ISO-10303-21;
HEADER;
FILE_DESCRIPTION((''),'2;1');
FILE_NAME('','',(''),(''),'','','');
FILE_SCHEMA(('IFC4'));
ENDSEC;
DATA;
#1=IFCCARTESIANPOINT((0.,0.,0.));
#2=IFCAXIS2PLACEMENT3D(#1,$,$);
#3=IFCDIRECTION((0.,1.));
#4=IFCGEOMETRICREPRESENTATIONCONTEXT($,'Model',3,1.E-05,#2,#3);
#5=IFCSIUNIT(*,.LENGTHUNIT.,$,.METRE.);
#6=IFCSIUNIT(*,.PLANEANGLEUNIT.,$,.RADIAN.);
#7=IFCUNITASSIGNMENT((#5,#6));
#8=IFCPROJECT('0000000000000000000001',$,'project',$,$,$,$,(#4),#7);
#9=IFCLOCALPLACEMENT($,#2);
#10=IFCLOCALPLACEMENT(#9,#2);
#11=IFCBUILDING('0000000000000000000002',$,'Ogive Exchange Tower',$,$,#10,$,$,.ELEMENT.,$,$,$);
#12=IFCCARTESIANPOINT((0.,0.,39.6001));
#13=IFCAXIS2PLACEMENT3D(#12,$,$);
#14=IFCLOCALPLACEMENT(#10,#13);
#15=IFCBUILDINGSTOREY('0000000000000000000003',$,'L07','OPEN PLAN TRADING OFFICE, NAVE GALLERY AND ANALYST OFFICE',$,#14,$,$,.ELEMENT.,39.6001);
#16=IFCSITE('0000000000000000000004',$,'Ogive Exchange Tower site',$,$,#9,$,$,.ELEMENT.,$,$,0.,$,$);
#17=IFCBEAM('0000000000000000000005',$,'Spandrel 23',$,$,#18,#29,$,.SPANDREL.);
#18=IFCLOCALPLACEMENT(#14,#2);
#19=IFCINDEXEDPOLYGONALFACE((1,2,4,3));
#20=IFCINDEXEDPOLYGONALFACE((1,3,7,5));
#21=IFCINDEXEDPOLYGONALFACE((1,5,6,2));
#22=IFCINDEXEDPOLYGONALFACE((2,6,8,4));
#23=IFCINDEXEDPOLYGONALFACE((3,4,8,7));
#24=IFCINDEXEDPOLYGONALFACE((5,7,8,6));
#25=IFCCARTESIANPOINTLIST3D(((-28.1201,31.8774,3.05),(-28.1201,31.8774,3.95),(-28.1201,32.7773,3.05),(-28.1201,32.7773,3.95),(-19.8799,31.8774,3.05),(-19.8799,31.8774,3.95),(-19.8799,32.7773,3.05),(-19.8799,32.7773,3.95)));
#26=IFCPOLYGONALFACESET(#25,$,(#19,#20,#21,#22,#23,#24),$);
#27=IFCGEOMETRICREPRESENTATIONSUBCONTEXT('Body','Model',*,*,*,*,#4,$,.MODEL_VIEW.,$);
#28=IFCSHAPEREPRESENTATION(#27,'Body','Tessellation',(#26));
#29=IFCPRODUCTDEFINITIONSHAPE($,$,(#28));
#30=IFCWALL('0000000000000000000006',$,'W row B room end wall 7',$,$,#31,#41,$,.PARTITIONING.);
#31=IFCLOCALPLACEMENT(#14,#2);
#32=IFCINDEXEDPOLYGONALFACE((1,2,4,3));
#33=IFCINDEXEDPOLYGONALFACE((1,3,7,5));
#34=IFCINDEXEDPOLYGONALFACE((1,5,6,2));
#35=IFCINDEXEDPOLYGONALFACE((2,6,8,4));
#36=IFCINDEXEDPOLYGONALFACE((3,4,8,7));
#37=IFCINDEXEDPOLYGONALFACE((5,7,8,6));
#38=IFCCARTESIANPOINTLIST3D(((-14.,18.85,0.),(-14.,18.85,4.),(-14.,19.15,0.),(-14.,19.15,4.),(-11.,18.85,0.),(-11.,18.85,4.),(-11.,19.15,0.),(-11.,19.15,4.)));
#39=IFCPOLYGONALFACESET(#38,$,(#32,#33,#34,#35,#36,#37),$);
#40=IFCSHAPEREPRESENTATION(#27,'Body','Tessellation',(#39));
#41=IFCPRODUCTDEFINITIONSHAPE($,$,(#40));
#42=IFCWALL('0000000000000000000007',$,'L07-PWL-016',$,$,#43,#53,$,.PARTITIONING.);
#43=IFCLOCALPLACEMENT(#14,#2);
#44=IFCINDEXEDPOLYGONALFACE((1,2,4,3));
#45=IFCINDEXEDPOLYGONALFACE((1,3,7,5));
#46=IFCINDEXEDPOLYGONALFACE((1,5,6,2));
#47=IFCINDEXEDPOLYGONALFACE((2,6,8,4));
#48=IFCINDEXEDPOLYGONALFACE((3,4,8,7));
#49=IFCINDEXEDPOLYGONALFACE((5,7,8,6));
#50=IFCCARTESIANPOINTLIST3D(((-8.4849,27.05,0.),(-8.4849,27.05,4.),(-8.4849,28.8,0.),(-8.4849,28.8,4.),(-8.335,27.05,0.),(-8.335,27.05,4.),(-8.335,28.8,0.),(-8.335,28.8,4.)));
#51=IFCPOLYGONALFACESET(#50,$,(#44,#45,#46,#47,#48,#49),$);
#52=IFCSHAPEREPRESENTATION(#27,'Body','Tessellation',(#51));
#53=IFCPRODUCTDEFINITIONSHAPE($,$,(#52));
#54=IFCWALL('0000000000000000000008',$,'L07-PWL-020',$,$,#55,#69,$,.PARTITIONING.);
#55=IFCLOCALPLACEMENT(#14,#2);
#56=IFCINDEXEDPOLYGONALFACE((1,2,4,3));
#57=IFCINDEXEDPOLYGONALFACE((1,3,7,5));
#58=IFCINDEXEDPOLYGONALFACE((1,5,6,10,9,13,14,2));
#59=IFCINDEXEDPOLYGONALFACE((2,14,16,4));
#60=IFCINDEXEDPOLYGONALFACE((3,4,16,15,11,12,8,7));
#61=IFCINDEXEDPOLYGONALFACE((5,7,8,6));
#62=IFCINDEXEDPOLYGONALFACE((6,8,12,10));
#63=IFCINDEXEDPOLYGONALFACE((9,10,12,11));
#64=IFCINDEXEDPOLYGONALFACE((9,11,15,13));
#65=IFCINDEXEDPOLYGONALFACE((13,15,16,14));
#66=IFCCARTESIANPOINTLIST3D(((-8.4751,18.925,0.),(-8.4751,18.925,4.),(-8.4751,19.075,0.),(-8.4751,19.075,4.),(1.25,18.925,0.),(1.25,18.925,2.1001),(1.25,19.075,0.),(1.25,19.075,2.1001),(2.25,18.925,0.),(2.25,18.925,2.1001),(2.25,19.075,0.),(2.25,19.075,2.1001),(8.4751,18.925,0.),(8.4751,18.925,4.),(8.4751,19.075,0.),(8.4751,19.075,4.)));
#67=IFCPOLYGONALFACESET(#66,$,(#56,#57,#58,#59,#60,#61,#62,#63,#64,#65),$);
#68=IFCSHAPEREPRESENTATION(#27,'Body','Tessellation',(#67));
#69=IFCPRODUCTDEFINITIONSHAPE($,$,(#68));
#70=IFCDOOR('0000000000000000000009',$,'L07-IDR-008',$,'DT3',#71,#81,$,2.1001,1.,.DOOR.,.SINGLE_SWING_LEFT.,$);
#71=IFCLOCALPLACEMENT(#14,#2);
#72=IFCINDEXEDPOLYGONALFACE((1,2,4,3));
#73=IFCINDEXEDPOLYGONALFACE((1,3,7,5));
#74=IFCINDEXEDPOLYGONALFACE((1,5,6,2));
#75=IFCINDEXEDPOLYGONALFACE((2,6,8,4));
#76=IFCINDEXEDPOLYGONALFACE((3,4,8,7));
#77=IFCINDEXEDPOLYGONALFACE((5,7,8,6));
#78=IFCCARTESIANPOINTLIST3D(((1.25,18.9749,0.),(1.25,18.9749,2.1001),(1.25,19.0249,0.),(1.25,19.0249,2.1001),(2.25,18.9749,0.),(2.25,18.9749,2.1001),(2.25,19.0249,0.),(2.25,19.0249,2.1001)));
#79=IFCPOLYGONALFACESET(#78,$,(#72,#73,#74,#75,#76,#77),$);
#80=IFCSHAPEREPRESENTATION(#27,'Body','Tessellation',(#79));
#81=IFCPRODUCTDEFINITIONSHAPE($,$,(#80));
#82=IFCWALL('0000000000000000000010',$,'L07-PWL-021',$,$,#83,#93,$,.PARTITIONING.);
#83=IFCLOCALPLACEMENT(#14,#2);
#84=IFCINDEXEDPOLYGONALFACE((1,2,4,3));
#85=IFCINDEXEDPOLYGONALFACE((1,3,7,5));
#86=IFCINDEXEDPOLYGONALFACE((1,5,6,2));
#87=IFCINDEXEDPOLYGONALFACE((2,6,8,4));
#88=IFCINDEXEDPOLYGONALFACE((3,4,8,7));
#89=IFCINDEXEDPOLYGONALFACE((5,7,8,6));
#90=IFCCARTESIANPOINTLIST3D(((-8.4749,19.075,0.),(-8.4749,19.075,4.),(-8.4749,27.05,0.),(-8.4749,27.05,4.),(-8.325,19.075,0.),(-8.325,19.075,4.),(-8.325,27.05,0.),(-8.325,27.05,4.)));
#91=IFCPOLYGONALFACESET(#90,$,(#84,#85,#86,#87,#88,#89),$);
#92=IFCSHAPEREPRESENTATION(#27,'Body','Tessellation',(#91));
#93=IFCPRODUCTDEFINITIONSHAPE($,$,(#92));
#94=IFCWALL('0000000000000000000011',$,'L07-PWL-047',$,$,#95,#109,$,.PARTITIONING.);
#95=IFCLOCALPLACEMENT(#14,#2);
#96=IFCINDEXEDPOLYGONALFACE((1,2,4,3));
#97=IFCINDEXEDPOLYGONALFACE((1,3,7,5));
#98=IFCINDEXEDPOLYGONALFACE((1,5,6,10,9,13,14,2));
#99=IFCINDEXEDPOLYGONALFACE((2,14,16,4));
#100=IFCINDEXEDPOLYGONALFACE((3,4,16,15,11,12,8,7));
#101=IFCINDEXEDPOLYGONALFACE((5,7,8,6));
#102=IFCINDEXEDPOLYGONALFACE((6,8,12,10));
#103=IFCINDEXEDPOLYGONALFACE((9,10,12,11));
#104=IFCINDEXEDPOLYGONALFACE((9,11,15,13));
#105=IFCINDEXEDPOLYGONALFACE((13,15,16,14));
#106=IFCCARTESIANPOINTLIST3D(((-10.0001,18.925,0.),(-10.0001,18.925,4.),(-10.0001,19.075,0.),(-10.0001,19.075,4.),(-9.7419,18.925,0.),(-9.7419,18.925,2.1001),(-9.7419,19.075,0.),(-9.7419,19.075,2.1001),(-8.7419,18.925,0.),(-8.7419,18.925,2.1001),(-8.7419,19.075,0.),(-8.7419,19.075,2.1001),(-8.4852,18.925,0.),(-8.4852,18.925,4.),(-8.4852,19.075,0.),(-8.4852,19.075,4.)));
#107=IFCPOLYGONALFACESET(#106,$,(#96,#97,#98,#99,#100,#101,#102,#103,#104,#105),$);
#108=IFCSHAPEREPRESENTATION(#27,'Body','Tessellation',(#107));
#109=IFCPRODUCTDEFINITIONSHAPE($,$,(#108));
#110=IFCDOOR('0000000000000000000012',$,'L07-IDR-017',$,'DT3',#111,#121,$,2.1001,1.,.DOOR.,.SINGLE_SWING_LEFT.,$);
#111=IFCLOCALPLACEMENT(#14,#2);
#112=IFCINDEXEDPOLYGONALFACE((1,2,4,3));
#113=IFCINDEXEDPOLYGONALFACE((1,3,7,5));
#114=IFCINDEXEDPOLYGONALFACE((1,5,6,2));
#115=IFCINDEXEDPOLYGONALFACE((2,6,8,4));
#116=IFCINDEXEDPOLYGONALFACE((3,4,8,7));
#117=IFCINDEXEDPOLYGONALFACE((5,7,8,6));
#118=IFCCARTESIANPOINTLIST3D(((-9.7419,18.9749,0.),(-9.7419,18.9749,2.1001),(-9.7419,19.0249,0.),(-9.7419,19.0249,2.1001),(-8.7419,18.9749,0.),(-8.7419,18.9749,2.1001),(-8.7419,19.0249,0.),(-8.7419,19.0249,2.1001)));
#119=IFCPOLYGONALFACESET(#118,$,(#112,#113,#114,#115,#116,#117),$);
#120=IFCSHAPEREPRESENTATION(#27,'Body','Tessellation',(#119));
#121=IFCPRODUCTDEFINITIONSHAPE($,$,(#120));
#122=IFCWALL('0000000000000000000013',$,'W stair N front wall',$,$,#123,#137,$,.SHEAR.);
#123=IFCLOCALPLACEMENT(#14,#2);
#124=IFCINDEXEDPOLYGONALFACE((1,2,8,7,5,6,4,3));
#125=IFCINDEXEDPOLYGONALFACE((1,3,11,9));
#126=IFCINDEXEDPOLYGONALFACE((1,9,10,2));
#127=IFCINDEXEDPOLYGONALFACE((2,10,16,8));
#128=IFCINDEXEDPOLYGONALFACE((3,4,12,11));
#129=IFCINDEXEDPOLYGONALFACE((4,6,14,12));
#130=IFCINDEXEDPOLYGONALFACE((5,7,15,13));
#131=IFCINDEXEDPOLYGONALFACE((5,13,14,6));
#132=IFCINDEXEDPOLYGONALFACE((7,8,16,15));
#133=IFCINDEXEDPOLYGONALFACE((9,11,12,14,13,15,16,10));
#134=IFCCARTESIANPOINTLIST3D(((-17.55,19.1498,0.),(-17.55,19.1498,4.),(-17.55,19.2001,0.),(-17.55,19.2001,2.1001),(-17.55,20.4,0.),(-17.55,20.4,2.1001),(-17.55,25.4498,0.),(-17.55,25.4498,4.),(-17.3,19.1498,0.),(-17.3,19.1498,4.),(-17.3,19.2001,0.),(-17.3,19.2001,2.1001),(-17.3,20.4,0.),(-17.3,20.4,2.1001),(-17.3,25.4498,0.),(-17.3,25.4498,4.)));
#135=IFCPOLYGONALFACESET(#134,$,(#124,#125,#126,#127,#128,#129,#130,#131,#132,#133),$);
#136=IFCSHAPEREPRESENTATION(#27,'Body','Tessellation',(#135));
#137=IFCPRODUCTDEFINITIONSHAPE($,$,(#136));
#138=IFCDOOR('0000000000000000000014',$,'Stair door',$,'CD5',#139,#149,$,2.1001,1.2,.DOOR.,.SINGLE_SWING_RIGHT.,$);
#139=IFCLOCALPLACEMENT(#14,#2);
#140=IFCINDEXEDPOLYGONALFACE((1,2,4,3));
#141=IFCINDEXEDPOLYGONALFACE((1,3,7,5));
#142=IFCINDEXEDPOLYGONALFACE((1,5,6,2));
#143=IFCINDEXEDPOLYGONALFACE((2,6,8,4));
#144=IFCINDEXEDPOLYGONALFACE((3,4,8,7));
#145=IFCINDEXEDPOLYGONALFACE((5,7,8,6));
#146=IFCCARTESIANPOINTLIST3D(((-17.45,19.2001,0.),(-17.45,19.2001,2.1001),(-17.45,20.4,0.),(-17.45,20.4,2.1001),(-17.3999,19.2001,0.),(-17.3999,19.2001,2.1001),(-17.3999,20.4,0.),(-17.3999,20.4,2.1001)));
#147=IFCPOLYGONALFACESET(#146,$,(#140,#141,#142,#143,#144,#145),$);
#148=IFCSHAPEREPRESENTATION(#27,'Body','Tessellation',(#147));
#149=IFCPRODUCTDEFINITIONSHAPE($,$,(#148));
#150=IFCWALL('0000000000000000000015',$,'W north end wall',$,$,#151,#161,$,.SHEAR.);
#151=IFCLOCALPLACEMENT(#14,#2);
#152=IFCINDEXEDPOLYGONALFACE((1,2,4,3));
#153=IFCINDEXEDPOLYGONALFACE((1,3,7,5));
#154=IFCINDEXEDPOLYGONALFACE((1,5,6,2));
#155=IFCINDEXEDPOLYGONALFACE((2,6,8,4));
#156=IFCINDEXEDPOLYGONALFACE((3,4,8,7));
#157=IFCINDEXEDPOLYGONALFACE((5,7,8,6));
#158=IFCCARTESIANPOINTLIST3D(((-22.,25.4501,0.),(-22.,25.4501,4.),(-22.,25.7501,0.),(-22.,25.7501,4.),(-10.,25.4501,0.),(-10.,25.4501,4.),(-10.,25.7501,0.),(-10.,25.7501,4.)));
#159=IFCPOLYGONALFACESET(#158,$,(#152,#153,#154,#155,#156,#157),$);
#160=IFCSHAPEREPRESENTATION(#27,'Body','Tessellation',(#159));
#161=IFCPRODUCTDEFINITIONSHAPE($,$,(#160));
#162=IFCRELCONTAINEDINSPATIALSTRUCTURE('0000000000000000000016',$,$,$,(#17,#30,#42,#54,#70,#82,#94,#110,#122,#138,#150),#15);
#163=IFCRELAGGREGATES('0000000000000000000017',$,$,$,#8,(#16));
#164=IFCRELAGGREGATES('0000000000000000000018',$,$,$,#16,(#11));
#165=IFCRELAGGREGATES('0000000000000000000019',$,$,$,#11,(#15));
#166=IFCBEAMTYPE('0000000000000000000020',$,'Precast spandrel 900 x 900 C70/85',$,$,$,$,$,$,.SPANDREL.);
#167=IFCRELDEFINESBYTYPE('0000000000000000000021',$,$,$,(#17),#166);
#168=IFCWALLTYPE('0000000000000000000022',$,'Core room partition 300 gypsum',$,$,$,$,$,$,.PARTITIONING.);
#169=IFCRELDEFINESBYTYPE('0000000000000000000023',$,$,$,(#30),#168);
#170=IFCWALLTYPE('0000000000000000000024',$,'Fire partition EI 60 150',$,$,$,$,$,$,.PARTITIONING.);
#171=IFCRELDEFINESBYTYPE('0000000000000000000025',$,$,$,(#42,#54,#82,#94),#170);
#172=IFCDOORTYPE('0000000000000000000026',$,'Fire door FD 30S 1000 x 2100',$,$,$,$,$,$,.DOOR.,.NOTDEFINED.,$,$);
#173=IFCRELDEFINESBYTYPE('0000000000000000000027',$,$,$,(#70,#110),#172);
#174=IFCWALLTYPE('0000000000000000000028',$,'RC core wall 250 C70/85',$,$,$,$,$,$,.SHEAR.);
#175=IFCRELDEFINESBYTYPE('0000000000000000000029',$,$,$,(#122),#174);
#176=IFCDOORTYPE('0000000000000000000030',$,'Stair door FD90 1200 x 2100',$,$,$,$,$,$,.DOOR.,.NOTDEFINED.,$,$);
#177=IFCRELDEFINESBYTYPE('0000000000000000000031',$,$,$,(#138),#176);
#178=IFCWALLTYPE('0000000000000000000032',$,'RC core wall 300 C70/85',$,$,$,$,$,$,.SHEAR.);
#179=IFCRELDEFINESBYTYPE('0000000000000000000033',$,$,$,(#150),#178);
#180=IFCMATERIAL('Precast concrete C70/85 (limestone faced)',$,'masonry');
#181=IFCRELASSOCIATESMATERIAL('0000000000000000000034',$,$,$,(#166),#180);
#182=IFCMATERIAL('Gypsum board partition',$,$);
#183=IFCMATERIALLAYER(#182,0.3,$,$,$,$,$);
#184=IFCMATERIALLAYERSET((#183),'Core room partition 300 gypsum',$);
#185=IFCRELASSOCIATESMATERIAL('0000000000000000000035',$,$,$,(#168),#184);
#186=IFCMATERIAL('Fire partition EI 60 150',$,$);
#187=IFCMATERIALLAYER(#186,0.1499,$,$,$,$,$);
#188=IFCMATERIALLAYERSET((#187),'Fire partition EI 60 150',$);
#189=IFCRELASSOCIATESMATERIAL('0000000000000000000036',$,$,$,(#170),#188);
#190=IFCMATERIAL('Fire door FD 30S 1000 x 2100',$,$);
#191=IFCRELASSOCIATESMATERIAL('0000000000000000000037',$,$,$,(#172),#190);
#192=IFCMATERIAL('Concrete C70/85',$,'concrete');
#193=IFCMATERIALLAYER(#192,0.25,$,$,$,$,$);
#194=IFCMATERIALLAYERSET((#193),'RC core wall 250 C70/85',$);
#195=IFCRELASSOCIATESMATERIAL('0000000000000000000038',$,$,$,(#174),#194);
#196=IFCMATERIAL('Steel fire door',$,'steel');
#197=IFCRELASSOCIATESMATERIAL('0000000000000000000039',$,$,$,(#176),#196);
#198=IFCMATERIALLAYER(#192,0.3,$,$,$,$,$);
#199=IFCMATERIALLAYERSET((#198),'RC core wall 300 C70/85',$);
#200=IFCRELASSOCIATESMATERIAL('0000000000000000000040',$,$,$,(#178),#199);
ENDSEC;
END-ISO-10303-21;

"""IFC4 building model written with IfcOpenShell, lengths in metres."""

from ifc_helpers import new_model, si_unit, direction, frame, frame_2d, origin, origin_2d, place, context, subcontext, project, spatial, rectangle, extrude, material, layer, layer_set, material_profile, profile_set, type_object, element, fill, save


model = new_model("IFC4")

# Units and contexts
model_context = context("Model", 3, precision=1e-05, world=origin(), true_north=direction((0.0, 1.0)))
body_context = subcontext(model_context, "Body", "Model", "MODEL_VIEW")
ifc_project = project(units=[si_unit("LENGTHUNIT", "METRE"), si_unit("PLANEANGLEUNIT", "RADIAN")], contexts=[model_context])

# Site, building, storey
site_placement = place(None, origin())
site = spatial("IfcSite", under=ifc_project, at=site_placement, Name="Ogive Exchange Tower site", CompositionType="ELEMENT", RefElevation=0.0)
building_placement = place(site_placement, origin())
building = spatial("IfcBuilding", under=site, at=building_placement, Name="Ogive Exchange Tower", CompositionType="ELEMENT")
storey_placement = place(building_placement, frame((0.0, 0.0, 39.6001)))
storey = spatial("IfcBuildingStorey", under=building, at=storey_placement, Name="L07", Description="OPEN PLAN TRADING OFFICE, NAVE GALLERY AND ANALYST OFFICE", CompositionType="ELEMENT", Elevation=39.6001)

# Shared definitions
ifc_material_1 = material(Name="Precast concrete C70/85 (limestone faced)", Category="masonry")

# Beam
ifc_material_profile_1 = material_profile(ifc_material_1, rectangle(XDim=0.8999, YDim=0.8999, at=origin_2d()), Name="900 x 900")
ifc_profile_set_1 = profile_set([ifc_material_profile_1], Name="Precast concrete C70/85 (limestone faced)")
beam_type_1 = type_object("IfcBeamType", Name="Precast spandrel 900 x 900 C70/85", PredefinedType="SPANDREL", material=ifc_profile_set_1)
beam_1_placement = place(storey_placement, frame((-19.8799, 32.3274, 3.5), z_axis=(-1.0, 0.0, 0.0), x_axis=(0.0, -1.0, 0.0)))
element("IfcBeam", 1, at=beam_1_placement, inside=storey, type_object=beam_type_1, Name="Spandrel 23", PredefinedType="SPANDREL", context=body_context, shape_type="SweptSolid", body=[
    extrude(rectangle(XDim=0.8999, YDim=0.8999, at=origin_2d()), origin(), (0.0, 0.0, 1.0), 8.2402),
])

# Walls
ifc_material_2 = material(Name="Gypsum board partition")
ifc_layer_1 = layer(ifc_material_2, 0.3)
ifc_layer_set_1 = layer_set([ifc_layer_1], Name="Core room partition 300 gypsum")
wall_type_1 = type_object("IfcWallType", Name="Core room partition 300 gypsum", PredefinedType="PARTITIONING", material=ifc_layer_set_1)
wall_1_placement = place(storey_placement, frame((-14.0, 19.0, 0.0), z_axis=(0.0, 0.0, 1.0), x_axis=(1.0, 0.0, 0.0)))
element("IfcWall", 2, at=wall_1_placement, inside=storey, type_object=wall_type_1, Name="W row B room end wall 7", PredefinedType="PARTITIONING", context=body_context, shape_type="SweptSolid", body=[
    extrude(rectangle(XDim=3.0, YDim=0.3, at=frame_2d((1.5, 0.0))), origin(), (0.0, 0.0, 1.0), 4.0),
])
ifc_material_3 = material(Name="Fire partition EI 60 150")
ifc_layer_2 = layer(ifc_material_3, 0.1499)
ifc_layer_set_2 = layer_set([ifc_layer_2], Name="Fire partition EI 60 150")
wall_type_2 = type_object("IfcWallType", Name="Fire partition EI 60 150", PredefinedType="PARTITIONING", material=ifc_layer_set_2)
wall_2_placement = place(storey_placement, frame((-8.4099, 28.8, 0.0), z_axis=(0.0, 0.0, 1.0), x_axis=(0.0, -1.0, 0.0)))
element("IfcWall", 3, at=wall_2_placement, inside=storey, type_object=wall_type_2, Name="L07-PWL-016", PredefinedType="PARTITIONING", context=body_context, shape_type="SweptSolid", body=[
    extrude(rectangle(XDim=1.75, YDim=0.1499, at=frame_2d((0.875, 0.0))), origin(), (0.0, 0.0, 1.0), 4.0),
])

# Wall, opening, door
wall_3_placement = place(storey_placement, frame((-8.4751, 19.0, 0.0), z_axis=(0.0, 0.0, 1.0), x_axis=(1.0, 0.0, 0.0)))
wall_3 = element("IfcWall", 4, at=wall_3_placement, inside=storey, type_object=wall_type_2, Name="L07-PWL-020", PredefinedType="PARTITIONING", context=body_context, shape_type="SweptSolid", body=[
    extrude(rectangle(XDim=16.9502, YDim=0.1499, at=frame_2d((8.4751, 0.0))), origin(), (0.0, 0.0, 1.0), 4.0),
])
opening_1_placement = place(wall_3_placement, frame((9.7251, 0.0, 0.0)))
opening_1 = element("IfcOpeningElement", 5, at=opening_1_placement, cuts=wall_3, PredefinedType="OPENING", context=body_context, shape_type="SweptSolid", body=[
    extrude(rectangle(XDim=1.0, YDim=2.1001, at=frame_2d((0.5, 1.05))), frame((0.0, 0.085, 0.0), z_axis=(0.0, -1.0, 0.0), x_axis=(1.0, 0.0, 0.0)), (0.0, 0.0, 1.0), 0.1699),
])
ifc_material_4 = material(Name="Fire door FD 30S 1000 x 2100")
door_type_1 = type_object("IfcDoorType", Name="Fire door FD 30S 1000 x 2100", OperationType="NOTDEFINED", PredefinedType="DOOR", material=ifc_material_4)
door_1_placement = place(opening_1_placement, origin())
door_1 = element("IfcDoor", 6, at=door_1_placement, inside=storey, type_object=door_type_1, Name="L07-IDR-008", ObjectType="DT3", OperationType="SINGLE_SWING_LEFT", OverallHeight=2.1001, OverallWidth=1.0, PredefinedType="DOOR", context=body_context, shape_type="SweptSolid", body=[
    extrude(rectangle(XDim=1.0, YDim=2.1001, at=frame_2d((0.5, 1.05))), frame((0.0, 0.0249, 0.0), z_axis=(0.0, -1.0, 0.0), x_axis=(1.0, 0.0, 0.0)), (0.0, 0.0, 1.0), 0.05),
])
fill(opening_1, door_1)

# Wall
wall_4_placement = place(storey_placement, frame((-8.3999, 27.05, 0.0), z_axis=(0.0, 0.0, 1.0), x_axis=(0.0, -1.0, 0.0)))
element("IfcWall", 7, at=wall_4_placement, inside=storey, type_object=wall_type_2, Name="L07-PWL-021", PredefinedType="PARTITIONING", context=body_context, shape_type="SweptSolid", body=[
    extrude(rectangle(XDim=7.9751, YDim=0.1499, at=frame_2d((3.9875, 0.0))), origin(), (0.0, 0.0, 1.0), 4.0),
])

# Walls, openings, doors
wall_5_placement = place(storey_placement, frame((-10.0, 19.0, 0.0), z_axis=(0.0, 0.0, 1.0), x_axis=(1.0, 0.0, 0.0)))
wall_5 = element("IfcWall", 8, at=wall_5_placement, inside=storey, type_object=wall_type_2, Name="L07-PWL-047", PredefinedType="PARTITIONING", context=body_context, shape_type="SweptSolid", body=[
    extrude(rectangle(XDim=1.5149, YDim=0.1499, at=frame_2d((0.7573, 0.0))), origin(), (0.0, 0.0, 1.0), 4.0),
])
opening_2_placement = place(wall_5_placement, frame((0.2581, 0.0, 0.0)))
opening_2 = element("IfcOpeningElement", 9, at=opening_2_placement, cuts=wall_5, PredefinedType="OPENING", context=body_context, shape_type="SweptSolid", body=[
    extrude(rectangle(XDim=1.0, YDim=2.1001, at=frame_2d((0.5, 1.05))), frame((0.0, 0.085, 0.0), z_axis=(0.0, -1.0, 0.0), x_axis=(1.0, 0.0, 0.0)), (0.0, 0.0, 1.0), 0.1699),
])
door_2_placement = place(opening_2_placement, origin())
door_2 = element("IfcDoor", 10, at=door_2_placement, inside=storey, type_object=door_type_1, Name="L07-IDR-017", ObjectType="DT3", OperationType="SINGLE_SWING_LEFT", OverallHeight=2.1001, OverallWidth=1.0, PredefinedType="DOOR", context=body_context, shape_type="SweptSolid", body=[
    extrude(rectangle(XDim=1.0, YDim=2.1001, at=frame_2d((0.5, 1.05))), frame((0.0, 0.0249, 0.0), z_axis=(0.0, -1.0, 0.0), x_axis=(1.0, 0.0, 0.0)), (0.0, 0.0, 1.0), 0.05),
])
fill(opening_2, door_2)
ifc_material_5 = material(Name="Concrete C70/85", Category="concrete")
ifc_layer_3 = layer(ifc_material_5, 0.25)
ifc_layer_set_3 = layer_set([ifc_layer_3], Name="RC core wall 250 C70/85")
wall_type_3 = type_object("IfcWallType", Name="RC core wall 250 C70/85", PredefinedType="SHEAR", material=ifc_layer_set_3)
wall_6_placement = place(storey_placement, frame((-17.425, 19.1499, 0.0), z_axis=(0.0, 0.0, 1.0), x_axis=(0.0, 1.0, 0.0)))
wall_6 = element("IfcWall", 11, at=wall_6_placement, inside=storey, type_object=wall_type_3, Name="W stair N front wall", PredefinedType="SHEAR", context=body_context, shape_type="SweptSolid", body=[
    extrude(rectangle(XDim=6.3, YDim=0.25, at=frame_2d((3.1499, 0.0))), origin(), (0.0, 0.0, 1.0), 4.0),
])
opening_3_placement = place(wall_6_placement, frame((0.05, 0.0, 0.0)))
opening_3 = element("IfcOpeningElement", 12, at=opening_3_placement, cuts=wall_6, PredefinedType="OPENING", context=body_context, shape_type="SweptSolid", body=[
    extrude(rectangle(XDim=1.2, YDim=2.1001, at=frame_2d((0.6001, 1.05))), frame((0.0, 0.135, 0.0), z_axis=(0.0, -1.0, 0.0), x_axis=(1.0, 0.0, 0.0)), (0.0, 0.0, 1.0), 0.27),
])
ifc_material_6 = material(Name="Steel fire door", Category="steel")
door_type_2 = type_object("IfcDoorType", Name="Stair door FD90 1200 x 2100", OperationType="NOTDEFINED", PredefinedType="DOOR", material=ifc_material_6)
door_3_placement = place(opening_3_placement, origin())
door_3 = element("IfcDoor", 13, at=door_3_placement, inside=storey, type_object=door_type_2, Name="Stair door", ObjectType="CD5", OperationType="SINGLE_SWING_RIGHT", OverallHeight=2.1001, OverallWidth=1.2, PredefinedType="DOOR", context=body_context, shape_type="SweptSolid", body=[
    extrude(rectangle(XDim=1.2, YDim=2.1001, at=frame_2d((0.6001, 1.05))), frame((0.0, 0.0249, 0.0), z_axis=(0.0, -1.0, 0.0), x_axis=(1.0, 0.0, 0.0)), (0.0, 0.0, 1.0), 0.05),
])
fill(opening_3, door_3)

# Wall
ifc_layer_4 = layer(ifc_material_5, 0.3)
ifc_layer_set_4 = layer_set([ifc_layer_4], Name="RC core wall 300 C70/85")
wall_type_4 = type_object("IfcWallType", Name="RC core wall 300 C70/85", PredefinedType="SHEAR", material=ifc_layer_set_4)
wall_7_placement = place(storey_placement, frame((-22.0, 25.6001, 0.0), z_axis=(0.0, 0.0, 1.0), x_axis=(1.0, 0.0, 0.0)))
element("IfcWall", 14, at=wall_7_placement, inside=storey, type_object=wall_type_4, Name="W north end wall", PredefinedType="SHEAR", context=body_context, shape_type="SweptSolid", body=[
    extrude(rectangle(XDim=12.0, YDim=0.3, at=frame_2d((6.0, 0.0))), origin(), (0.0, 0.0, 1.0), 4.0),
])

save(model, "model.ifc")
